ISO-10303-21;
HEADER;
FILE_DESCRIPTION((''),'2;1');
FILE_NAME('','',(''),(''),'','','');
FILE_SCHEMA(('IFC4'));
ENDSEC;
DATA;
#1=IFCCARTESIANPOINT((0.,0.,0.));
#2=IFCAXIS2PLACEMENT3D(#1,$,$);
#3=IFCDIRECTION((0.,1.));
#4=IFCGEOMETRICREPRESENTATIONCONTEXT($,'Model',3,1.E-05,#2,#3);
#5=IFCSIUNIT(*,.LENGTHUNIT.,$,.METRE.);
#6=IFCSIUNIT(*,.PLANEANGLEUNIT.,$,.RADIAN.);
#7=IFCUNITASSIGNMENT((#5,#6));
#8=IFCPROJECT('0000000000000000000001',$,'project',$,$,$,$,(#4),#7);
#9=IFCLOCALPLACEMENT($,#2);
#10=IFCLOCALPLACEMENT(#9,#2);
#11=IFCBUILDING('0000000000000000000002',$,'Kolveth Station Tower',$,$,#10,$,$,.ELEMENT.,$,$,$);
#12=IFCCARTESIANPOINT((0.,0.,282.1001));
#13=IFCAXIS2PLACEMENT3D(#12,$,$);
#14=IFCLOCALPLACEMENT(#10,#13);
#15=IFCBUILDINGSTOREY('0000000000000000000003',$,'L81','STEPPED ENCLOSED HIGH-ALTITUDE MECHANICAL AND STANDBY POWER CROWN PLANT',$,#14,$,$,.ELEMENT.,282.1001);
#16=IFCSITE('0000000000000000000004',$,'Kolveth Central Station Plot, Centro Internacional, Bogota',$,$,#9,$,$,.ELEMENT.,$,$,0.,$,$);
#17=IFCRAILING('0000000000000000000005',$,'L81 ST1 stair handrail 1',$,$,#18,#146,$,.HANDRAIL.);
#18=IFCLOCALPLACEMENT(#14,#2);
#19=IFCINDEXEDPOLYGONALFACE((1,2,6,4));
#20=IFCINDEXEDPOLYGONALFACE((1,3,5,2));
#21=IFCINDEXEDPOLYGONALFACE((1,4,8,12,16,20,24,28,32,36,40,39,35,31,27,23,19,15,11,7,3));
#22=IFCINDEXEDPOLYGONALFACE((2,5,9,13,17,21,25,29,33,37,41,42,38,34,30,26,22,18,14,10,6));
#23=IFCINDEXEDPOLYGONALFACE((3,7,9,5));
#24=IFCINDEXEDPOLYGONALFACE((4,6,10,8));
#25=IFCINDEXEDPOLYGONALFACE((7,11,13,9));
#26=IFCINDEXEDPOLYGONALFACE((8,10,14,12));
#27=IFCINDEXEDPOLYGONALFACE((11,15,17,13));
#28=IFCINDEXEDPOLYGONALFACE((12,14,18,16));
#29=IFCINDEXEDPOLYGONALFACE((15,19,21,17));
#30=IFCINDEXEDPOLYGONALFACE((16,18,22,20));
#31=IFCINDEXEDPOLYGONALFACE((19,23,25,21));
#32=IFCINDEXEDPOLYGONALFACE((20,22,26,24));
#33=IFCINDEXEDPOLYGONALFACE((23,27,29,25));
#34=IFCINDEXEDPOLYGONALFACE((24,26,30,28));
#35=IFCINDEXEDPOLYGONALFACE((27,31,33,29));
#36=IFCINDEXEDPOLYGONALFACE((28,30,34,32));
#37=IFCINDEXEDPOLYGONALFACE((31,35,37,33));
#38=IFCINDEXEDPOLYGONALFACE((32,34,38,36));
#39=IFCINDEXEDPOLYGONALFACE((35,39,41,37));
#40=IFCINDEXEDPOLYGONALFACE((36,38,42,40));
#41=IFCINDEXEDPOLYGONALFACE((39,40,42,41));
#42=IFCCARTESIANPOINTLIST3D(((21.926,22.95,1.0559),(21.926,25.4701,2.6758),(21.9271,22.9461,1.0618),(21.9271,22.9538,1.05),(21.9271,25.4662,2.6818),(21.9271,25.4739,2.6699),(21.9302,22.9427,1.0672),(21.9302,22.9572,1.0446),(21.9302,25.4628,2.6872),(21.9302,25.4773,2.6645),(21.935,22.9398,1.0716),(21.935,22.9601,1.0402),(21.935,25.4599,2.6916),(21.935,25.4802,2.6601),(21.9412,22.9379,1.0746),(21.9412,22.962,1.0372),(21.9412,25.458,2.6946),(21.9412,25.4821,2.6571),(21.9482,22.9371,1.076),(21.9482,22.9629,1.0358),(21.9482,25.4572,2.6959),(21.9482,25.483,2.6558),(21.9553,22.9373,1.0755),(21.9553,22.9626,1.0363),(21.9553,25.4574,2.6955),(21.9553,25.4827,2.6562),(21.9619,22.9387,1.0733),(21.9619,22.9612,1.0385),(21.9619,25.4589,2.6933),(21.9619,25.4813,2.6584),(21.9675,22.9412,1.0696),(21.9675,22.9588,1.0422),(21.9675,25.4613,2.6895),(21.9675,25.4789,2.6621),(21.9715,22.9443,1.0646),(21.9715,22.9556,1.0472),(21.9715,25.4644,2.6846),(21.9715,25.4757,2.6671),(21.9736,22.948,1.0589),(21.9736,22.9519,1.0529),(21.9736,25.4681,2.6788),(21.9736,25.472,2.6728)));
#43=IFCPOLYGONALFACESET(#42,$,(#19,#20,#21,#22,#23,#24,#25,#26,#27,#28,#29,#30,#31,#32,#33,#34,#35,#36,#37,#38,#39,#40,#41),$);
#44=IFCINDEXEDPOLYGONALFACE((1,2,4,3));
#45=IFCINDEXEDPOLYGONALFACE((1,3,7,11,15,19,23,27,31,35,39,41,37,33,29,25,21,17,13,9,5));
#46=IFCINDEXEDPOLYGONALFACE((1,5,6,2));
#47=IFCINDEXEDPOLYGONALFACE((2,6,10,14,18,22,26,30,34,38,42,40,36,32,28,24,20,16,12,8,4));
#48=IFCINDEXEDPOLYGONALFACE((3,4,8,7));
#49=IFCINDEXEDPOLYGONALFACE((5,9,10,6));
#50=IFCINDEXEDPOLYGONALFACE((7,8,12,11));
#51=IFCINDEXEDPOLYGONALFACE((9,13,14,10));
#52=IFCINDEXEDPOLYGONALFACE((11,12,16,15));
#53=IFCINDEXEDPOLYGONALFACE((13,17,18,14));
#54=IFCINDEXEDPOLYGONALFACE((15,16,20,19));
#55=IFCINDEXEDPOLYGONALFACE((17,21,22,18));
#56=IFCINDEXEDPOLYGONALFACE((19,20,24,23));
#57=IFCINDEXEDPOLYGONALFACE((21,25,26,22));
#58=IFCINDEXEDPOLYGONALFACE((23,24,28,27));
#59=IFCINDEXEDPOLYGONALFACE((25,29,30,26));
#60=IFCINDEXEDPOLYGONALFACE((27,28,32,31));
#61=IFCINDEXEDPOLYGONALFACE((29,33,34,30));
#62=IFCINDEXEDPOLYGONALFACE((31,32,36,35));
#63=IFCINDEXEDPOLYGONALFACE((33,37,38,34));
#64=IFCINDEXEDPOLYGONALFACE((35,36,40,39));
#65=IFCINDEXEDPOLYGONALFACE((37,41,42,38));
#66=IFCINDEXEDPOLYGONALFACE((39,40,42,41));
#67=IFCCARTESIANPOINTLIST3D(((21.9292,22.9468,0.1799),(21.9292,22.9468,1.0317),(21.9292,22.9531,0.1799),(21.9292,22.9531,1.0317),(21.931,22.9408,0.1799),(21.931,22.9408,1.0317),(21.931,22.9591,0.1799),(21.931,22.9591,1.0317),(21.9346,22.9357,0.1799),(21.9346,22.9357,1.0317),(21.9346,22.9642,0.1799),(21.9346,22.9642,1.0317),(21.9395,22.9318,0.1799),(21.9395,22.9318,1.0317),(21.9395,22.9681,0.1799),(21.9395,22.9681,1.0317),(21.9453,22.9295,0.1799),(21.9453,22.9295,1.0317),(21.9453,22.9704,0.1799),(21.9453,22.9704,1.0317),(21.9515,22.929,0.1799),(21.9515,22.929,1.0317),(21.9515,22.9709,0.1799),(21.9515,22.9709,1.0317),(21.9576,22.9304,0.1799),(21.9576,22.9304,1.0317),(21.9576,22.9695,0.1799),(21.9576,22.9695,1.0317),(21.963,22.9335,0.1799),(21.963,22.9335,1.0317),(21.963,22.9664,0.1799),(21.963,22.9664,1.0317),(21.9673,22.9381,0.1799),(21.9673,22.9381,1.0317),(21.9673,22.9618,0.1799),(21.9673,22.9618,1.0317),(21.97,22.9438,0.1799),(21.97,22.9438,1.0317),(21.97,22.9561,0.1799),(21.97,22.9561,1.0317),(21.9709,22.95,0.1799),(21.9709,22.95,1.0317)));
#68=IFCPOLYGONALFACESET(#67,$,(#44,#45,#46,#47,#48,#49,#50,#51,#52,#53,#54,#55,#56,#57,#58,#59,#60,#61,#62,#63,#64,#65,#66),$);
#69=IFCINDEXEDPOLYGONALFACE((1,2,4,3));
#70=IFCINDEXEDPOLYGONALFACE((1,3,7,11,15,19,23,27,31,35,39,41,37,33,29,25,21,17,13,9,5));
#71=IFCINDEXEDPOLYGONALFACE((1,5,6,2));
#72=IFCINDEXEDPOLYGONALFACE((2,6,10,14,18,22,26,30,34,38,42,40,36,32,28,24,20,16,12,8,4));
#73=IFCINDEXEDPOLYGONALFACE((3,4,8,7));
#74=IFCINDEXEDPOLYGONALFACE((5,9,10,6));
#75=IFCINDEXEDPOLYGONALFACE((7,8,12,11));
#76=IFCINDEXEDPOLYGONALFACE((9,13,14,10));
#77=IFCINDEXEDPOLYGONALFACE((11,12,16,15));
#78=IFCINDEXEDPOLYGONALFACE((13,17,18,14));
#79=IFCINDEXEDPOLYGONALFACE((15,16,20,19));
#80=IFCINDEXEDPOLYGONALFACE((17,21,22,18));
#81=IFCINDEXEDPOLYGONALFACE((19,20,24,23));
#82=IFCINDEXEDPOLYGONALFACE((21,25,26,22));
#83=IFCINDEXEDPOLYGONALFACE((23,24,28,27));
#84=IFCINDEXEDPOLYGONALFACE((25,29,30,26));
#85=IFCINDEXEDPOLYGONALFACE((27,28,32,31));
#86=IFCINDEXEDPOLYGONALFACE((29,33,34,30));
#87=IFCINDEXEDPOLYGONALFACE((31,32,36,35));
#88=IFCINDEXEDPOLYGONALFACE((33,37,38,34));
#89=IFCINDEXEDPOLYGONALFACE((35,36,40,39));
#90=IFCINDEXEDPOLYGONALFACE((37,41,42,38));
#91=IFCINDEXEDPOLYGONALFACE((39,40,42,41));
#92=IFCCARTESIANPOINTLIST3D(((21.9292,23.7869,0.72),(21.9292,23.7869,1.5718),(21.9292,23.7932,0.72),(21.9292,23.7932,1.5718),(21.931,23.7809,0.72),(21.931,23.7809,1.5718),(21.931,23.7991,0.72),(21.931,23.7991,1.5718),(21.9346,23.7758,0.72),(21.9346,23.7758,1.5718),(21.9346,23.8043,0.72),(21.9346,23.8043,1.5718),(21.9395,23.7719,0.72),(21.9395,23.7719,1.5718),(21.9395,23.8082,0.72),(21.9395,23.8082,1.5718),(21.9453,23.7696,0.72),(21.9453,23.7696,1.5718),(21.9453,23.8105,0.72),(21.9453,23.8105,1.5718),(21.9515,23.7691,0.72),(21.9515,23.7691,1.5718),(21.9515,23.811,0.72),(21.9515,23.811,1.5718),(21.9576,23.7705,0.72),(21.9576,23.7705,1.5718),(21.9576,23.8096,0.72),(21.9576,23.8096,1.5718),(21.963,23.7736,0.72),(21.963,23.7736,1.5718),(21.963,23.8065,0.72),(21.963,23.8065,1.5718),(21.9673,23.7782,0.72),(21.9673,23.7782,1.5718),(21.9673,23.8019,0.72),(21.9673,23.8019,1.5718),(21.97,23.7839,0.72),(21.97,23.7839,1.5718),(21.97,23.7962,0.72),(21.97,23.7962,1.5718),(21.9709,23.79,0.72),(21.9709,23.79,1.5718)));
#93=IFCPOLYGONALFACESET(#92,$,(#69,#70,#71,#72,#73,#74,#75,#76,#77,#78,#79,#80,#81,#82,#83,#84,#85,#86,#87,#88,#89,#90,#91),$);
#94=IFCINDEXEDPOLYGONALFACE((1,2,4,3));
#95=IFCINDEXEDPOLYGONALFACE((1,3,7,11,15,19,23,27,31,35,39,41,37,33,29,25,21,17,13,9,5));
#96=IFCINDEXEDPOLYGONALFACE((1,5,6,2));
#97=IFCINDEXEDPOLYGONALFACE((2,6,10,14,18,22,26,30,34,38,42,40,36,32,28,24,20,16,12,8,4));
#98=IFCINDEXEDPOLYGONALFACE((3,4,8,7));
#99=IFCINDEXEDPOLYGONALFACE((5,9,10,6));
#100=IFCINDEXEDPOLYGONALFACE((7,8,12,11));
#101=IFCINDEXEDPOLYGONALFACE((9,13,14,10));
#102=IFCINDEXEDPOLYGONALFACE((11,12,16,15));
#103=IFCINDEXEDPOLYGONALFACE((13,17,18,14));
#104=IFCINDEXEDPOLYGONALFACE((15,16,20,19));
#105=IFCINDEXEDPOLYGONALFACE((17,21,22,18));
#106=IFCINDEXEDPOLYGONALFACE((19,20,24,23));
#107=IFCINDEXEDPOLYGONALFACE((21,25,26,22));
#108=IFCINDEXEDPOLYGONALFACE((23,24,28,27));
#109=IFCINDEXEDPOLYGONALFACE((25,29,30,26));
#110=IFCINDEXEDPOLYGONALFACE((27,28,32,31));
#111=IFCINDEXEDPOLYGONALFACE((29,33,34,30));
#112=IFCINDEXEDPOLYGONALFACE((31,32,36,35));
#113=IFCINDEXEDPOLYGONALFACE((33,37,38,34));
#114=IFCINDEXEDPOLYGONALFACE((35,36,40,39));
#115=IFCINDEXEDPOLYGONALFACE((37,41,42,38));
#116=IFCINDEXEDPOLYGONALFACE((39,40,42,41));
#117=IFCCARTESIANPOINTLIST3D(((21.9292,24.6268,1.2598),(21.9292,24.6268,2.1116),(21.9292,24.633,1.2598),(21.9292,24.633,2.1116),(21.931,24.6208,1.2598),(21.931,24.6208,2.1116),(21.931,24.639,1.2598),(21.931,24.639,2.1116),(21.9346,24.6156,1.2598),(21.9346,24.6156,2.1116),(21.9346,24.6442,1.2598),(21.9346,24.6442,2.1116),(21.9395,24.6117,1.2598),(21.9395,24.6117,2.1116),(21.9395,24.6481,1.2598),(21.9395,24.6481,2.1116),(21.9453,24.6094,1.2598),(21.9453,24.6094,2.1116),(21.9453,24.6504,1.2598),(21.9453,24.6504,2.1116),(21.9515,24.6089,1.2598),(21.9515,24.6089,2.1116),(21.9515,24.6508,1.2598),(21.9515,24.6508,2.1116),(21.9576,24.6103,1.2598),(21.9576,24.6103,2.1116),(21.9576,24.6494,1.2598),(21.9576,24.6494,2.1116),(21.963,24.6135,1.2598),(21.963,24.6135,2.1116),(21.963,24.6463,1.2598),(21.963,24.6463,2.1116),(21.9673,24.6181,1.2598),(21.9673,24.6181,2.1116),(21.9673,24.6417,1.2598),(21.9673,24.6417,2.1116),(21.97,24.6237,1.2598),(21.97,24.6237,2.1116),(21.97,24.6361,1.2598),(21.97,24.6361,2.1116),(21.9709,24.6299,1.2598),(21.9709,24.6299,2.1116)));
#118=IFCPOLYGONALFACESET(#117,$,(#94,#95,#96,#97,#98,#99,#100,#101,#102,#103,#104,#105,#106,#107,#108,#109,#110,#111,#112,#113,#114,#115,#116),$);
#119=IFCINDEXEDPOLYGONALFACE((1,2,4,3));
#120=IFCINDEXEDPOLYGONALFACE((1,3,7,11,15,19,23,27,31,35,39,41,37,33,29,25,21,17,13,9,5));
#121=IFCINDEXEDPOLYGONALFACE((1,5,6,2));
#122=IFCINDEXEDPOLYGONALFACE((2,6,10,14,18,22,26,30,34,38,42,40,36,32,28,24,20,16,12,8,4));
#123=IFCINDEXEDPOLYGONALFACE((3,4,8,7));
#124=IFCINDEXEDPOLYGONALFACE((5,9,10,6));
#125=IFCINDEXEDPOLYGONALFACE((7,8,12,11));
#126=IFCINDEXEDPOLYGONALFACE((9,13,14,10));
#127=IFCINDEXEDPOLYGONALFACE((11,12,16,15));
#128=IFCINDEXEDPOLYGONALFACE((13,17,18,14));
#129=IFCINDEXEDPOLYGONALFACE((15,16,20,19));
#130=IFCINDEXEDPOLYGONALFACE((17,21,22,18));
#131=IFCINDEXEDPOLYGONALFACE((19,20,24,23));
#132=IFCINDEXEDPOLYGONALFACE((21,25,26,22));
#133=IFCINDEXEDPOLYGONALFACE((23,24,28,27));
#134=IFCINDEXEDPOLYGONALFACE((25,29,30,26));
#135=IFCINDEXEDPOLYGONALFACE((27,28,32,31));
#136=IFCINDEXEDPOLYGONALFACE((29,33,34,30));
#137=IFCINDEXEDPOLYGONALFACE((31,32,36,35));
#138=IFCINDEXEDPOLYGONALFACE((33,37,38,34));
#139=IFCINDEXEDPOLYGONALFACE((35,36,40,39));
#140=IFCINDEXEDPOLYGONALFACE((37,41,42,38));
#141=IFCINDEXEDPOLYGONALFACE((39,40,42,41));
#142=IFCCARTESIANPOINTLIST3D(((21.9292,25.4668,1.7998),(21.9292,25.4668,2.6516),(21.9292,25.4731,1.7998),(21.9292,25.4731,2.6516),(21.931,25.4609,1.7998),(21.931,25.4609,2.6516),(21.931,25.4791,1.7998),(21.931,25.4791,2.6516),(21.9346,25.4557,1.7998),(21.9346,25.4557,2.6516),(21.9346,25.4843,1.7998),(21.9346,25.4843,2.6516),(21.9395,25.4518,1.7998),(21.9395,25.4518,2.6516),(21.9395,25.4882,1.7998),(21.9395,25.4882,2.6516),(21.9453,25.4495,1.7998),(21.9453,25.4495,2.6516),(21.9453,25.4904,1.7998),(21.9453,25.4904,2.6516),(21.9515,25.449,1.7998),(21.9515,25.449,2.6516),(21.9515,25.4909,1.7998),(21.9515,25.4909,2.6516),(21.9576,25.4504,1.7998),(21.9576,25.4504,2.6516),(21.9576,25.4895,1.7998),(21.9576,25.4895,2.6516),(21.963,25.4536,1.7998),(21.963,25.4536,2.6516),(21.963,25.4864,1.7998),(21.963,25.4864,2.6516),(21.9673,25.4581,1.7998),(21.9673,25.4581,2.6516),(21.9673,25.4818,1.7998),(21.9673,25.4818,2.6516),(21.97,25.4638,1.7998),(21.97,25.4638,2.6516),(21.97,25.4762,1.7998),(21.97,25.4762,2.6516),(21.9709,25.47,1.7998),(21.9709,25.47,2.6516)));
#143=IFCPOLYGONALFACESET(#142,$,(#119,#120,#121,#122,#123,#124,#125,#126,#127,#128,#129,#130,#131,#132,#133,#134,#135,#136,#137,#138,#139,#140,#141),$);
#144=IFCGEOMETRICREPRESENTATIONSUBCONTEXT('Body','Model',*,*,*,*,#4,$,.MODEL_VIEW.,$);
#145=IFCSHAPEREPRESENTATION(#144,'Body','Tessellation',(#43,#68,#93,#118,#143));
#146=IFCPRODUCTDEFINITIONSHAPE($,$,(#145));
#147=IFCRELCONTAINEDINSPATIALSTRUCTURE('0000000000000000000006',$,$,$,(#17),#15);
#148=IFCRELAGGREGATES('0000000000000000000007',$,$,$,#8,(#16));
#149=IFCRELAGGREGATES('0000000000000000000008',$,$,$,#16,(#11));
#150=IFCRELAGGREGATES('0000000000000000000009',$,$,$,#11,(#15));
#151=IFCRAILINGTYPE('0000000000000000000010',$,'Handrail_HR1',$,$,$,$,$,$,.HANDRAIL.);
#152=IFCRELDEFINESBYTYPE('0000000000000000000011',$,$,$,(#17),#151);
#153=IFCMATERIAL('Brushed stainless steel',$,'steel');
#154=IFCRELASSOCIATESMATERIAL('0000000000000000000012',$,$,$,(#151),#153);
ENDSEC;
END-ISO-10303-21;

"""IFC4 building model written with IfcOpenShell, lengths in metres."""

from ifc_helpers import new_model, si_unit, direction, frame, origin, origin_2d, place, context, subcontext, project, spatial, circle, extrude, material, type_object, element, save


model = new_model("IFC4")

# Units and contexts
model_context = context("Model", 3, precision=1e-05, world=origin(), true_north=direction((0.0, 1.0)))
body_context = subcontext(model_context, "Body", "Model", "MODEL_VIEW")
ifc_project = project(units=[si_unit("LENGTHUNIT", "METRE"), si_unit("PLANEANGLEUNIT", "RADIAN")], contexts=[model_context])

# Site, building, storey
site_placement = place(None, origin())
site = spatial("IfcSite", under=ifc_project, at=site_placement, Name="Kolveth Central Station Plot, Centro Internacional, Bogota", CompositionType="ELEMENT", RefElevation=0.0)
building_placement = place(site_placement, origin())
building = spatial("IfcBuilding", under=site, at=building_placement, Name="Kolveth Station Tower", CompositionType="ELEMENT")
storey_placement = place(building_placement, frame((0.0, 0.0, 282.1001)))
storey = spatial("IfcBuildingStorey", under=building, at=storey_placement, Name="L81", Description="STEPPED ENCLOSED HIGH-ALTITUDE MECHANICAL AND STANDBY POWER CROWN PLANT", CompositionType="ELEMENT", Elevation=282.1001)

# Railing
ifc_material_1 = material(Name="Brushed stainless steel", Category="steel")
railing_type_1 = type_object("IfcRailingType", Name="Handrail_HR1", PredefinedType="HANDRAIL", material=ifc_material_1)
railing_1_placement = place(storey_placement, frame((21.95, 22.95, 0.1799)))
element("IfcRailing", 1, at=railing_1_placement, inside=storey, type_object=railing_type_1, Name="L81 ST1 stair handrail 1", PredefinedType="HANDRAIL", context=body_context, shape_type="SweptSolid", body=[
    extrude(circle(Radius=0.0239, at=origin_2d()), frame((0.0, 0.0, 0.876), z_axis=(0.0, 0.8412, 0.540725), x_axis=(-1.0, 0.0, 0.0)), (0.0, 0.0, 1.0), 2.9958),
    extrude(circle(Radius=0.021, at=origin_2d()), origin(), (0.0, 0.0, 1.0), 0.8518),
    extrude(circle(Radius=0.021, at=origin_2d()), frame((0.0, 0.8401, 0.54)), (0.0, 0.0, 1.0), 0.8518),
    extrude(circle(Radius=0.021, at=origin_2d()), frame((0.0, 1.6799, 1.0798)), (0.0, 0.0, 1.0), 0.8518),
    extrude(circle(Radius=0.021, at=origin_2d()), frame((0.0, 2.52, 1.6199)), (0.0, 0.0, 1.0), 0.8518),
])

save(model, "model.ifc")
